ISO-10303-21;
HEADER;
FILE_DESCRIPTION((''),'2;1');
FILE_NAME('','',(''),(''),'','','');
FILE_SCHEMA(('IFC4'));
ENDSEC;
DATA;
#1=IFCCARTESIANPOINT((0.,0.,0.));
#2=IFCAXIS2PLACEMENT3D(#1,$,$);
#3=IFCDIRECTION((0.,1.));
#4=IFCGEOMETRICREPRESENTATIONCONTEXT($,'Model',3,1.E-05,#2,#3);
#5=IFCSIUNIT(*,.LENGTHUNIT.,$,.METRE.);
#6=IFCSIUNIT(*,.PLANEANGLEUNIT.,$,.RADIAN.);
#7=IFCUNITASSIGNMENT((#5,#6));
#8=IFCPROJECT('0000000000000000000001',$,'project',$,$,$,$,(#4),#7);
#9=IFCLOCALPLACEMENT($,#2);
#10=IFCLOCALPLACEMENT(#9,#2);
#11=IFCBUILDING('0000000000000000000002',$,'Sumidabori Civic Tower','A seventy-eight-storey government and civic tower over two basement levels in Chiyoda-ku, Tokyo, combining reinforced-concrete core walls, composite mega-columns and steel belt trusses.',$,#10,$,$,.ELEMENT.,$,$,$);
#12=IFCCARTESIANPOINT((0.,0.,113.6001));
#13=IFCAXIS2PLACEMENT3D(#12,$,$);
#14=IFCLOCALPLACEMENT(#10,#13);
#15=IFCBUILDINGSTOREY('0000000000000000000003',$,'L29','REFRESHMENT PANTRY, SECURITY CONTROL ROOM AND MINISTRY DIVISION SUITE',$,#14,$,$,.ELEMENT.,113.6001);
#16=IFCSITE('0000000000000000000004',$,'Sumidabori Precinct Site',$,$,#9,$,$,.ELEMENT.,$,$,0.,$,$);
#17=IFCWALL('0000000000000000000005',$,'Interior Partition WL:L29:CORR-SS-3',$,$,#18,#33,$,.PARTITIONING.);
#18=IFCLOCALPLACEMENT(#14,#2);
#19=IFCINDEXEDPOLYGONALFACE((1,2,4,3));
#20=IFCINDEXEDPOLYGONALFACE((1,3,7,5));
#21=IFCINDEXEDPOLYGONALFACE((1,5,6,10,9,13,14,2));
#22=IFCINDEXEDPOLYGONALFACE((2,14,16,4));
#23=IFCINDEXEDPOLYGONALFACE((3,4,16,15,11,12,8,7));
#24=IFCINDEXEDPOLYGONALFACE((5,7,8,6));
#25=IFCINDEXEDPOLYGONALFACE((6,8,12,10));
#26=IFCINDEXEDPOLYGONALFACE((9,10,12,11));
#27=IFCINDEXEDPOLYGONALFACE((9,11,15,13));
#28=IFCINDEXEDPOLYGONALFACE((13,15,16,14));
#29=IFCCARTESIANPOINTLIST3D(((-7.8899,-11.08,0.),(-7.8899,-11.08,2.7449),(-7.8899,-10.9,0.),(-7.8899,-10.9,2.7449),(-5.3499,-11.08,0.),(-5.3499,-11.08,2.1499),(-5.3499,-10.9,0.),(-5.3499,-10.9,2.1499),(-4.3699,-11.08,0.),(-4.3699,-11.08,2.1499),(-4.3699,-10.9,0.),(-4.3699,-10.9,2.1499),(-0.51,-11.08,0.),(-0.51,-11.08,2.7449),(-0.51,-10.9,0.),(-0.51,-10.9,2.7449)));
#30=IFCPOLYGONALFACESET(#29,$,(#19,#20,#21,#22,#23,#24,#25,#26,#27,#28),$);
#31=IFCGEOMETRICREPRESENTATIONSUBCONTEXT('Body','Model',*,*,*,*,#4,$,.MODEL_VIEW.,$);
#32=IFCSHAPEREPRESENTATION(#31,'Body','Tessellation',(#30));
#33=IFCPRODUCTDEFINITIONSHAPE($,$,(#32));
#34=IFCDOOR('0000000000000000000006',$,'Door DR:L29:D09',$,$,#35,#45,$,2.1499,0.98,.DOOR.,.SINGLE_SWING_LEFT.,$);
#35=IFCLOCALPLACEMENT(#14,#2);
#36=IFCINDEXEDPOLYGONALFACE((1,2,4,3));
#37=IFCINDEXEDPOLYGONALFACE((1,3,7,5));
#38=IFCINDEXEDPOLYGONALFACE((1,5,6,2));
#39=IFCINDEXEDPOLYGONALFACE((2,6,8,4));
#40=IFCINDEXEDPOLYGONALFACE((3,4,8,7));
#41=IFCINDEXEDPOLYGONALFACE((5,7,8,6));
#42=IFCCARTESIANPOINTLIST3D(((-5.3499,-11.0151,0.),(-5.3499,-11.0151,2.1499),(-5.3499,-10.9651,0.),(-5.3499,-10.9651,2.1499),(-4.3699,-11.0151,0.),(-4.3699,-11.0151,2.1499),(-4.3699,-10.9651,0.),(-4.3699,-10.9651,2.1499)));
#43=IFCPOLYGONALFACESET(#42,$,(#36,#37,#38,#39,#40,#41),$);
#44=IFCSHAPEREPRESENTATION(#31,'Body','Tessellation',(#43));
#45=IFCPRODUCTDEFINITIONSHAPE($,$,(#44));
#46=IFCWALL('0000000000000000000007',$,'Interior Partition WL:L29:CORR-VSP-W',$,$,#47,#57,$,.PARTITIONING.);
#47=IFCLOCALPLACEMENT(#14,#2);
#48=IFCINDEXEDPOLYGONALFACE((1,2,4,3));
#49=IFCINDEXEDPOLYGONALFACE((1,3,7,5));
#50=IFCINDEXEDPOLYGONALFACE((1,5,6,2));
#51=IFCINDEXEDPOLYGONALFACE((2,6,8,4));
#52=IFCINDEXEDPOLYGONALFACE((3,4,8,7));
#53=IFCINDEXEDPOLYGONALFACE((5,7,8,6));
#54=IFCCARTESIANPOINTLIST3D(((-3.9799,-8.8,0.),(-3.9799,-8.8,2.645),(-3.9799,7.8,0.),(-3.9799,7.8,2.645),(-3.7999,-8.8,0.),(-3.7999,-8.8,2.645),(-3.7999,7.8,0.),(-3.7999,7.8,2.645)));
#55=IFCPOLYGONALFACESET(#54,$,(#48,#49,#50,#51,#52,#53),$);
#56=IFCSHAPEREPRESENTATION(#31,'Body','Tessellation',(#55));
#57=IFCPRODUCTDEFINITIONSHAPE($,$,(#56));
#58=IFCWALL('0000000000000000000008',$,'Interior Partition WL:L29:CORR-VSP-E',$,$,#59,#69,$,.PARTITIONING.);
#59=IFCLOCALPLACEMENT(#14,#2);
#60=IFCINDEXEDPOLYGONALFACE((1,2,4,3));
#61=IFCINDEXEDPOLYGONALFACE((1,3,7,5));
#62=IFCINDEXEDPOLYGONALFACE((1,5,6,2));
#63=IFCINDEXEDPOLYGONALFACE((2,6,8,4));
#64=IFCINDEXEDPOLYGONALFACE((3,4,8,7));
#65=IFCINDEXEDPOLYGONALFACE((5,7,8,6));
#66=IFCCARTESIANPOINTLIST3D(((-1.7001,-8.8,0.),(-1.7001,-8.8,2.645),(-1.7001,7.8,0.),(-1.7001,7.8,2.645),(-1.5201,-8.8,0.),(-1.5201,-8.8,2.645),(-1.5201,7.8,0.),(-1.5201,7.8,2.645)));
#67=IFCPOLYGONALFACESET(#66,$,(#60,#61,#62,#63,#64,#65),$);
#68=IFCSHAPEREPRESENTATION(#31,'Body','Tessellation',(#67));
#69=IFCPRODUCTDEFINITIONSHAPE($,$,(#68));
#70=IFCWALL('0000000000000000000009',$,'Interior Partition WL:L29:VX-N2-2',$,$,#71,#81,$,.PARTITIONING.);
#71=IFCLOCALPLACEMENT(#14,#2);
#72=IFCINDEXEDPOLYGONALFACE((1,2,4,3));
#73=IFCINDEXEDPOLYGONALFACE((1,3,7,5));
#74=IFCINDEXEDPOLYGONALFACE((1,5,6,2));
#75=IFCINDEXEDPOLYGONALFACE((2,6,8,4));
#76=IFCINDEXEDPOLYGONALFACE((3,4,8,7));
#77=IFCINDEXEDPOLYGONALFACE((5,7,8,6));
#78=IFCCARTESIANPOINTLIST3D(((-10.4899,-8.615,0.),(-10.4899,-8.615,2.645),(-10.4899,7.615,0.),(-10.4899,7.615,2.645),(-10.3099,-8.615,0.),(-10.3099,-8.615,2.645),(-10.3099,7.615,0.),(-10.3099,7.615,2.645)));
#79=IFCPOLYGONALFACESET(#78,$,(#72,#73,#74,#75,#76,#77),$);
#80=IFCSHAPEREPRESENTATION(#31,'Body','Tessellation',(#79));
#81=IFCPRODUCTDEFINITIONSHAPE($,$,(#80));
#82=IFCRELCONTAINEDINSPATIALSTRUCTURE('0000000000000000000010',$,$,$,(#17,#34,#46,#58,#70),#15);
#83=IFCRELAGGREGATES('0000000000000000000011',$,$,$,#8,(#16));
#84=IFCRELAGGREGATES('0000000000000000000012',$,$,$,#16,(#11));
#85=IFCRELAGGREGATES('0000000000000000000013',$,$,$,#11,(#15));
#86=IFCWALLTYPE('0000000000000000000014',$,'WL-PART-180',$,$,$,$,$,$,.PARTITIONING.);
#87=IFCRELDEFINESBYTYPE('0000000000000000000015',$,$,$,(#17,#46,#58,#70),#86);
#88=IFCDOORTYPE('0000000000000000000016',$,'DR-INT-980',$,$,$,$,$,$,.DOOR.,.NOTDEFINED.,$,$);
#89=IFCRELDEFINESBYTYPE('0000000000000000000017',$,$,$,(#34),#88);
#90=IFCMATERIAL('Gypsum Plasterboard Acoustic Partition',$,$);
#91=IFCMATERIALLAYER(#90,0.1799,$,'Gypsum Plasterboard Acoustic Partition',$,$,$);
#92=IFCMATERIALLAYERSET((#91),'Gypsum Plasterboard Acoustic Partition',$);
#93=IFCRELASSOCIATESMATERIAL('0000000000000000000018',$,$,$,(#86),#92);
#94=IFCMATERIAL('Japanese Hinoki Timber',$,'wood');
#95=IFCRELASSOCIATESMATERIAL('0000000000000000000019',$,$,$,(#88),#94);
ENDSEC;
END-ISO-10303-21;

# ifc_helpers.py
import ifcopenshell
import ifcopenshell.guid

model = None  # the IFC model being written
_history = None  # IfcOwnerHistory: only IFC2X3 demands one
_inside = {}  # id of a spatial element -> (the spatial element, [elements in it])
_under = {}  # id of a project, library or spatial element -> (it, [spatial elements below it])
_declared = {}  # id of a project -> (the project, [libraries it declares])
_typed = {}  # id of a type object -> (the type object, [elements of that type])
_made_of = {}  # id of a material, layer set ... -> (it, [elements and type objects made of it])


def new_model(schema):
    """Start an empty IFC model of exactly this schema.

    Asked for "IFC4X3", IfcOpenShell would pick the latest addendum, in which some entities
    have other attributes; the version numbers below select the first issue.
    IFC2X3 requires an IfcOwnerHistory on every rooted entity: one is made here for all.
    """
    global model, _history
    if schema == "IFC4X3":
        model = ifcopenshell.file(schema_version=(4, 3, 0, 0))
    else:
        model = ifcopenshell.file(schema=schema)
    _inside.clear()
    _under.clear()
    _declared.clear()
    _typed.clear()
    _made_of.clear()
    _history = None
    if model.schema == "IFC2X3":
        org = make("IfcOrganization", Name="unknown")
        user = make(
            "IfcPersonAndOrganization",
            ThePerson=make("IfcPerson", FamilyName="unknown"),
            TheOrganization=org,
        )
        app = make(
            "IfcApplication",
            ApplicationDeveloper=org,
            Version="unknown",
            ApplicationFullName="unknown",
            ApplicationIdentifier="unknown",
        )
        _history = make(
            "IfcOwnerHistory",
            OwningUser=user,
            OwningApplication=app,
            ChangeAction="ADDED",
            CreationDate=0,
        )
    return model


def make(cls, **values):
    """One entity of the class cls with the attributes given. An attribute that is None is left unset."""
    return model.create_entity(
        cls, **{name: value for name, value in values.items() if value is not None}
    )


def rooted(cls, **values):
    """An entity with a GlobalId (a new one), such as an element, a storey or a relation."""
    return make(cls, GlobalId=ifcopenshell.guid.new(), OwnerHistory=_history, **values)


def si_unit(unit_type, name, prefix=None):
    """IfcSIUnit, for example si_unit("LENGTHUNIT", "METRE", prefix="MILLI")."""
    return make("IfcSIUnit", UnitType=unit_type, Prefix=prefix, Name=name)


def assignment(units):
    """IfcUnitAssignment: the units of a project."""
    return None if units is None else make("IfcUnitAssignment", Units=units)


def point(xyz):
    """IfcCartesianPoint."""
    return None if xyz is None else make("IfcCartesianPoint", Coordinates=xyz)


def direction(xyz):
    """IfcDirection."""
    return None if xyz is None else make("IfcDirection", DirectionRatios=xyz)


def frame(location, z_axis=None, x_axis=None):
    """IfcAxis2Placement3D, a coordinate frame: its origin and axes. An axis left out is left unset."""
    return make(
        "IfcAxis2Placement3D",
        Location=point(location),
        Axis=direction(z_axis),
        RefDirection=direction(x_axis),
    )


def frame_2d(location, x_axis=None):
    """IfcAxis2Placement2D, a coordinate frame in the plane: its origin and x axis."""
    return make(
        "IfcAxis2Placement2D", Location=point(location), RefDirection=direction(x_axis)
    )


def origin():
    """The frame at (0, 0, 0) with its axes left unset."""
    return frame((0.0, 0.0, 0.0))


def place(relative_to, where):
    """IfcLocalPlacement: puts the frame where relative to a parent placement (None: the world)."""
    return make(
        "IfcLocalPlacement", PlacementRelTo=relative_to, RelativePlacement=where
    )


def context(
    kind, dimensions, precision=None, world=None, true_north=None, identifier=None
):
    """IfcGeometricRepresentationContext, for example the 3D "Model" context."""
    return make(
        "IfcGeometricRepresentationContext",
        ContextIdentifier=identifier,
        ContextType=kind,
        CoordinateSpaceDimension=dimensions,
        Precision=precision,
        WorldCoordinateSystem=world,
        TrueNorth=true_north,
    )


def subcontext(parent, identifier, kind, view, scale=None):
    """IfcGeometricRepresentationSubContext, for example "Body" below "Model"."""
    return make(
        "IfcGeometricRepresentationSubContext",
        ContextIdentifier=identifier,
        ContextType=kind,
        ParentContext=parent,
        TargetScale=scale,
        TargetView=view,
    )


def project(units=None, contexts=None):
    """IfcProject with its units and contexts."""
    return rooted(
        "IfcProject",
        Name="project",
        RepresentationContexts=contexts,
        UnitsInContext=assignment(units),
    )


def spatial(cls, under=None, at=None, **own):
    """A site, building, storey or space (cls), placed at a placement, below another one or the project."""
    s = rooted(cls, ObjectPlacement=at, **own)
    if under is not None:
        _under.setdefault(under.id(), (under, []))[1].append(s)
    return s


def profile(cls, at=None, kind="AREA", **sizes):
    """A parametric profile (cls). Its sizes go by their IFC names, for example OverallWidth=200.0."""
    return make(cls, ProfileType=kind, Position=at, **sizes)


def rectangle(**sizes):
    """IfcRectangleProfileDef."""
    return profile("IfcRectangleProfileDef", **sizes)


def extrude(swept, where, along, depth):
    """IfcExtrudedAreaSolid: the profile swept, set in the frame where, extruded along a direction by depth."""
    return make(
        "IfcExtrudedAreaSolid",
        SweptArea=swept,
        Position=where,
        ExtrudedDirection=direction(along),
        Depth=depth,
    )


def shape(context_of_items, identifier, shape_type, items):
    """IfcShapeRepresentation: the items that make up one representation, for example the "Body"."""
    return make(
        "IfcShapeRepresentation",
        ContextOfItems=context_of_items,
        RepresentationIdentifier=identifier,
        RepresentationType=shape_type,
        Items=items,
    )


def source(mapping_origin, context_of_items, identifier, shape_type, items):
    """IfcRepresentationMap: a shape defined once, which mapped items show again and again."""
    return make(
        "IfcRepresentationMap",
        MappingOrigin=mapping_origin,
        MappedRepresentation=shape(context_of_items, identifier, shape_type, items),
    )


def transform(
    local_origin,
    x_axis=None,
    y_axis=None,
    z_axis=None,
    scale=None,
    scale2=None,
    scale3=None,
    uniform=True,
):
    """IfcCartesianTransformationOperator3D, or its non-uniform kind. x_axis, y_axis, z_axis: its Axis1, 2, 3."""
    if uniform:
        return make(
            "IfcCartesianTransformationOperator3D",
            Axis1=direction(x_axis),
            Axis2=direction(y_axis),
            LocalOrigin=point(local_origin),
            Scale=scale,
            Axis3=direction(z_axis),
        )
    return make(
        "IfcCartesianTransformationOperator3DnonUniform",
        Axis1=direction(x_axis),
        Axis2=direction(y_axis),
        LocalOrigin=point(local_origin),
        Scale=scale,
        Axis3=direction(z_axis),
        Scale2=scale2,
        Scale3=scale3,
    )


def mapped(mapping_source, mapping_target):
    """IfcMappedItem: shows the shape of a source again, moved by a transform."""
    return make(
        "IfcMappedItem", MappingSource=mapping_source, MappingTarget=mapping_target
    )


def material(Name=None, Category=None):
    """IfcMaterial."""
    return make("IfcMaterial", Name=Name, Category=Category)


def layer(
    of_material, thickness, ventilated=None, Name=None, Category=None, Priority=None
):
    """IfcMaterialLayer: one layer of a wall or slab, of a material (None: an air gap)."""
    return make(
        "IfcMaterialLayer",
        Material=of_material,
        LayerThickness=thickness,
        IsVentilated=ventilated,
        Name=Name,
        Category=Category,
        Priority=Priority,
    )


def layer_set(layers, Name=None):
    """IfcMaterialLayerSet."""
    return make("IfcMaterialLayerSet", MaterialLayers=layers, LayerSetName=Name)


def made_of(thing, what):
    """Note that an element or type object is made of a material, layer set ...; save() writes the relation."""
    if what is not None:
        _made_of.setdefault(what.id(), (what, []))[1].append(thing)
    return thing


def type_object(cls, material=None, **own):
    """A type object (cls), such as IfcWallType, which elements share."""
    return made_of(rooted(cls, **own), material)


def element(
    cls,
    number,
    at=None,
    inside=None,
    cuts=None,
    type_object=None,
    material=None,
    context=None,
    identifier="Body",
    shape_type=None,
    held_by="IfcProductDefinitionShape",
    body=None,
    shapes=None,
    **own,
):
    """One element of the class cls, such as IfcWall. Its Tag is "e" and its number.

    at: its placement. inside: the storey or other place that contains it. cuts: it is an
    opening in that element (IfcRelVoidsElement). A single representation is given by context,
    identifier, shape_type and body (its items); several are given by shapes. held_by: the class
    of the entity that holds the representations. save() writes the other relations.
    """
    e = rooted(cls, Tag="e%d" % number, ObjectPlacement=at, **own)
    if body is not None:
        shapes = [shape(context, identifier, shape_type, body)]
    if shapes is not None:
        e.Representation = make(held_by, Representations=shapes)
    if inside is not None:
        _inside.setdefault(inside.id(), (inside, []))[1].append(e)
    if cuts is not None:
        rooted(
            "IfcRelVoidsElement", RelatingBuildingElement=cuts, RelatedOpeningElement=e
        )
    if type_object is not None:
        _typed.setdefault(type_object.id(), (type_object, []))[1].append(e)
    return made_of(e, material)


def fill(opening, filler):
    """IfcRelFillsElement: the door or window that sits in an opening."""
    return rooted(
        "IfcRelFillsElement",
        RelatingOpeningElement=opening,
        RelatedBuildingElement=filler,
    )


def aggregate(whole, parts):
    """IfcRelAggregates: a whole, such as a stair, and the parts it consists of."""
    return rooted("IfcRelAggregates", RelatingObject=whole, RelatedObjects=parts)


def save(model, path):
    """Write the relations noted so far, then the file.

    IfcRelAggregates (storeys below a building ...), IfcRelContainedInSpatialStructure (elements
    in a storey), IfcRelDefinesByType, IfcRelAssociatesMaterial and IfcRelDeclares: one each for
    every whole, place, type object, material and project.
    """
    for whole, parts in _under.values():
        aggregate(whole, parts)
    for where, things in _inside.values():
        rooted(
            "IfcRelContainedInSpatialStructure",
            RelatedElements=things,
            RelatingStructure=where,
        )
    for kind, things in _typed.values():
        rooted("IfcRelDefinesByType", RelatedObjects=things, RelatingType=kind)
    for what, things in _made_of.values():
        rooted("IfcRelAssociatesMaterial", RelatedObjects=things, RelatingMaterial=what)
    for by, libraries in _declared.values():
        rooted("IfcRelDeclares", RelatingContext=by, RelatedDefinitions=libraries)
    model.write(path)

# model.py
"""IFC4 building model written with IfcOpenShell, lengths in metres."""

from ifc_helpers import new_model, si_unit, direction, frame, frame_2d, origin, place, context, subcontext, project, spatial, rectangle, extrude, source, transform, mapped, material, layer, layer_set, type_object, element, fill, save


model = new_model("IFC4")

# Units and contexts
model_context = context("Model", 3, precision=1e-05, world=origin(), true_north=direction((0.0, 1.0)))
body_context = subcontext(model_context, "Body", "Model", "MODEL_VIEW")
ifc_project = project(units=[si_unit("LENGTHUNIT", "METRE"), si_unit("PLANEANGLEUNIT", "RADIAN")], contexts=[model_context])

# Site, building, storey
site_placement = place(None, origin())
site = spatial("IfcSite", under=ifc_project, at=site_placement, Name="Sumidabori Precinct Site", CompositionType="ELEMENT", RefElevation=0.0)
building_placement = place(site_placement, origin())
building = spatial("IfcBuilding", under=site, at=building_placement, Name="Sumidabori Civic Tower", Description="A seventy-eight-storey government and civic tower over two basement levels in Chiyoda-ku, Tokyo, combining reinforced-concrete core walls, composite mega-columns and steel belt trusses.", CompositionType="ELEMENT")
storey_placement = place(building_placement, frame((0.0, 0.0, 113.6001)))
storey = spatial("IfcBuildingStorey", under=building, at=storey_placement, Name="L29", Description="REFRESHMENT PANTRY, SECURITY CONTROL ROOM AND MINISTRY DIVISION SUITE", CompositionType="ELEMENT", Elevation=113.6001)

# Shared definitions
ifc_material_1 = material(Name="Gypsum Plasterboard Acoustic Partition")
ifc_layer = layer(ifc_material_1, 0.1799, Name="Gypsum Plasterboard Acoustic Partition")
ifc_layer_set = layer_set([ifc_layer], Name="Gypsum Plasterboard Acoustic Partition")
wall_type = type_object("IfcWallType", Name="WL-PART-180", PredefinedType="PARTITIONING", material=ifc_layer_set)

# Wall, opening, door
ifc_material_2 = material(Name="Japanese Hinoki Timber", Category="wood")
door_type = type_object("IfcDoorType", Name="DR-INT-980", OperationType="NOTDEFINED", PredefinedType="DOOR", material=ifc_material_2)
shared_shape_1 = source(origin(), body_context, "Body", "SweptSolid", [
    extrude(rectangle(XDim=0.98, YDim=2.1499, at=frame_2d((0.49, 1.075))), frame((0.0, 0.0249, 0.0), z_axis=(0.0, -1.0, 0.0), x_axis=(1.0, 0.0, 0.0)), (0.0, 0.0, 1.0), 0.05),
])
shared_shape_2 = source(origin(), body_context, "Body", "SweptSolid", [
    extrude(rectangle(XDim=7.3799, YDim=0.1799, at=frame_2d((3.6899, 0.0))), origin(), (0.0, 0.0, 1.0), 2.7449),
])
wall_1_placement = place(storey_placement, frame((-7.8899, -10.99, 0.0), z_axis=(0.0, 0.0, 1.0), x_axis=(1.0, 0.0, 0.0)))
wall_1 = element("IfcWall", 1, at=wall_1_placement, inside=storey, type_object=wall_type, Name="Interior Partition WL:L29:CORR-SS-3", PredefinedType="PARTITIONING", context=body_context, shape_type="MappedRepresentation", body=[
    mapped(shared_shape_2, transform((0.0, 0.0, 0.0), x_axis=(1.0, 0.0, 0.0), y_axis=(0.0, 1.0, 0.0), z_axis=(0.0, 0.0, 1.0), scale=1.0)),
])
opening_1_placement = place(wall_1_placement, frame((2.54, 0.0, 0.0)))
opening_1 = element("IfcOpeningElement", 2, at=opening_1_placement, cuts=wall_1, PredefinedType="OPENING", context=body_context, shape_type="SweptSolid", body=[
    extrude(rectangle(XDim=0.98, YDim=2.1499, at=frame_2d((0.49, 1.075))), frame((0.0, 0.1021, 0.0), z_axis=(0.0, -1.0, 0.0), x_axis=(1.0, 0.0, 0.0)), (0.0, 0.0, 1.0), 0.2039),
])
door_1_placement = place(opening_1_placement, origin())
door_1 = element("IfcDoor", 3, at=door_1_placement, inside=storey, type_object=door_type, Name="Door DR:L29:D09", OperationType="SINGLE_SWING_LEFT", OverallHeight=2.1499, OverallWidth=0.98, PredefinedType="DOOR", context=body_context, shape_type="MappedRepresentation", body=[
    mapped(shared_shape_1, transform((0.0, 0.0, 0.0), x_axis=(1.0, 0.0, 0.0), y_axis=(0.0, 1.0, 0.0), z_axis=(0.0, 0.0, 1.0), scale=1.0)),
])
fill(opening_1, door_1)

# Walls
shared_shape_3 = source(origin(), body_context, "Body", "SweptSolid", [
    extrude(rectangle(XDim=16.6001, YDim=0.1799, at=frame_2d((8.3, 0.0))), origin(), (0.0, 0.0, 1.0), 2.645),
])
for number, where, z_axis, x_axis, name in (
    (4, (-3.8899, -8.8, 0.0), (0.0, 0.0, 1.0), (0.0, 1.0, 0.0), "Interior Partition WL:L29:CORR-VSP-W"),
    (5, (-1.6101, -8.8, 0.0), (0.0, 0.0, 1.0), (0.0, 1.0, 0.0), "Interior Partition WL:L29:CORR-VSP-E"),
):
    element("IfcWall", number, at=place(storey_placement, frame(where, z_axis=z_axis, x_axis=x_axis)), inside=storey, type_object=wall_type, Name=name, PredefinedType="PARTITIONING", context=body_context, shape_type="MappedRepresentation", body=[
        mapped(shared_shape_3, transform((0.0, 0.0, 0.0), x_axis=(1.0, 0.0, 0.0), y_axis=(0.0, 1.0, 0.0), z_axis=(0.0, 0.0, 1.0), scale=1.0)),
    ])
shared_shape_4 = source(origin(), body_context, "Body", "SweptSolid", [
    extrude(rectangle(XDim=16.23, YDim=0.1799, at=frame_2d((8.115, 0.0))), origin(), (0.0, 0.0, 1.0), 2.645),
])
wall_2_placement = place(storey_placement, frame((-10.3999, -8.615, 0.0), z_axis=(0.0, 0.0, 1.0), x_axis=(0.0, 1.0, 0.0)))
element("IfcWall", 6, at=wall_2_placement, inside=storey, type_object=wall_type, Name="Interior Partition WL:L29:VX-N2-2", PredefinedType="PARTITIONING", context=body_context, shape_type="MappedRepresentation", body=[
    mapped(shared_shape_4, transform((0.0, 0.0, 0.0), x_axis=(1.0, 0.0, 0.0), y_axis=(0.0, 1.0, 0.0), z_axis=(0.0, 0.0, 1.0), scale=1.0)),
])

save(model, "model.ifc")
